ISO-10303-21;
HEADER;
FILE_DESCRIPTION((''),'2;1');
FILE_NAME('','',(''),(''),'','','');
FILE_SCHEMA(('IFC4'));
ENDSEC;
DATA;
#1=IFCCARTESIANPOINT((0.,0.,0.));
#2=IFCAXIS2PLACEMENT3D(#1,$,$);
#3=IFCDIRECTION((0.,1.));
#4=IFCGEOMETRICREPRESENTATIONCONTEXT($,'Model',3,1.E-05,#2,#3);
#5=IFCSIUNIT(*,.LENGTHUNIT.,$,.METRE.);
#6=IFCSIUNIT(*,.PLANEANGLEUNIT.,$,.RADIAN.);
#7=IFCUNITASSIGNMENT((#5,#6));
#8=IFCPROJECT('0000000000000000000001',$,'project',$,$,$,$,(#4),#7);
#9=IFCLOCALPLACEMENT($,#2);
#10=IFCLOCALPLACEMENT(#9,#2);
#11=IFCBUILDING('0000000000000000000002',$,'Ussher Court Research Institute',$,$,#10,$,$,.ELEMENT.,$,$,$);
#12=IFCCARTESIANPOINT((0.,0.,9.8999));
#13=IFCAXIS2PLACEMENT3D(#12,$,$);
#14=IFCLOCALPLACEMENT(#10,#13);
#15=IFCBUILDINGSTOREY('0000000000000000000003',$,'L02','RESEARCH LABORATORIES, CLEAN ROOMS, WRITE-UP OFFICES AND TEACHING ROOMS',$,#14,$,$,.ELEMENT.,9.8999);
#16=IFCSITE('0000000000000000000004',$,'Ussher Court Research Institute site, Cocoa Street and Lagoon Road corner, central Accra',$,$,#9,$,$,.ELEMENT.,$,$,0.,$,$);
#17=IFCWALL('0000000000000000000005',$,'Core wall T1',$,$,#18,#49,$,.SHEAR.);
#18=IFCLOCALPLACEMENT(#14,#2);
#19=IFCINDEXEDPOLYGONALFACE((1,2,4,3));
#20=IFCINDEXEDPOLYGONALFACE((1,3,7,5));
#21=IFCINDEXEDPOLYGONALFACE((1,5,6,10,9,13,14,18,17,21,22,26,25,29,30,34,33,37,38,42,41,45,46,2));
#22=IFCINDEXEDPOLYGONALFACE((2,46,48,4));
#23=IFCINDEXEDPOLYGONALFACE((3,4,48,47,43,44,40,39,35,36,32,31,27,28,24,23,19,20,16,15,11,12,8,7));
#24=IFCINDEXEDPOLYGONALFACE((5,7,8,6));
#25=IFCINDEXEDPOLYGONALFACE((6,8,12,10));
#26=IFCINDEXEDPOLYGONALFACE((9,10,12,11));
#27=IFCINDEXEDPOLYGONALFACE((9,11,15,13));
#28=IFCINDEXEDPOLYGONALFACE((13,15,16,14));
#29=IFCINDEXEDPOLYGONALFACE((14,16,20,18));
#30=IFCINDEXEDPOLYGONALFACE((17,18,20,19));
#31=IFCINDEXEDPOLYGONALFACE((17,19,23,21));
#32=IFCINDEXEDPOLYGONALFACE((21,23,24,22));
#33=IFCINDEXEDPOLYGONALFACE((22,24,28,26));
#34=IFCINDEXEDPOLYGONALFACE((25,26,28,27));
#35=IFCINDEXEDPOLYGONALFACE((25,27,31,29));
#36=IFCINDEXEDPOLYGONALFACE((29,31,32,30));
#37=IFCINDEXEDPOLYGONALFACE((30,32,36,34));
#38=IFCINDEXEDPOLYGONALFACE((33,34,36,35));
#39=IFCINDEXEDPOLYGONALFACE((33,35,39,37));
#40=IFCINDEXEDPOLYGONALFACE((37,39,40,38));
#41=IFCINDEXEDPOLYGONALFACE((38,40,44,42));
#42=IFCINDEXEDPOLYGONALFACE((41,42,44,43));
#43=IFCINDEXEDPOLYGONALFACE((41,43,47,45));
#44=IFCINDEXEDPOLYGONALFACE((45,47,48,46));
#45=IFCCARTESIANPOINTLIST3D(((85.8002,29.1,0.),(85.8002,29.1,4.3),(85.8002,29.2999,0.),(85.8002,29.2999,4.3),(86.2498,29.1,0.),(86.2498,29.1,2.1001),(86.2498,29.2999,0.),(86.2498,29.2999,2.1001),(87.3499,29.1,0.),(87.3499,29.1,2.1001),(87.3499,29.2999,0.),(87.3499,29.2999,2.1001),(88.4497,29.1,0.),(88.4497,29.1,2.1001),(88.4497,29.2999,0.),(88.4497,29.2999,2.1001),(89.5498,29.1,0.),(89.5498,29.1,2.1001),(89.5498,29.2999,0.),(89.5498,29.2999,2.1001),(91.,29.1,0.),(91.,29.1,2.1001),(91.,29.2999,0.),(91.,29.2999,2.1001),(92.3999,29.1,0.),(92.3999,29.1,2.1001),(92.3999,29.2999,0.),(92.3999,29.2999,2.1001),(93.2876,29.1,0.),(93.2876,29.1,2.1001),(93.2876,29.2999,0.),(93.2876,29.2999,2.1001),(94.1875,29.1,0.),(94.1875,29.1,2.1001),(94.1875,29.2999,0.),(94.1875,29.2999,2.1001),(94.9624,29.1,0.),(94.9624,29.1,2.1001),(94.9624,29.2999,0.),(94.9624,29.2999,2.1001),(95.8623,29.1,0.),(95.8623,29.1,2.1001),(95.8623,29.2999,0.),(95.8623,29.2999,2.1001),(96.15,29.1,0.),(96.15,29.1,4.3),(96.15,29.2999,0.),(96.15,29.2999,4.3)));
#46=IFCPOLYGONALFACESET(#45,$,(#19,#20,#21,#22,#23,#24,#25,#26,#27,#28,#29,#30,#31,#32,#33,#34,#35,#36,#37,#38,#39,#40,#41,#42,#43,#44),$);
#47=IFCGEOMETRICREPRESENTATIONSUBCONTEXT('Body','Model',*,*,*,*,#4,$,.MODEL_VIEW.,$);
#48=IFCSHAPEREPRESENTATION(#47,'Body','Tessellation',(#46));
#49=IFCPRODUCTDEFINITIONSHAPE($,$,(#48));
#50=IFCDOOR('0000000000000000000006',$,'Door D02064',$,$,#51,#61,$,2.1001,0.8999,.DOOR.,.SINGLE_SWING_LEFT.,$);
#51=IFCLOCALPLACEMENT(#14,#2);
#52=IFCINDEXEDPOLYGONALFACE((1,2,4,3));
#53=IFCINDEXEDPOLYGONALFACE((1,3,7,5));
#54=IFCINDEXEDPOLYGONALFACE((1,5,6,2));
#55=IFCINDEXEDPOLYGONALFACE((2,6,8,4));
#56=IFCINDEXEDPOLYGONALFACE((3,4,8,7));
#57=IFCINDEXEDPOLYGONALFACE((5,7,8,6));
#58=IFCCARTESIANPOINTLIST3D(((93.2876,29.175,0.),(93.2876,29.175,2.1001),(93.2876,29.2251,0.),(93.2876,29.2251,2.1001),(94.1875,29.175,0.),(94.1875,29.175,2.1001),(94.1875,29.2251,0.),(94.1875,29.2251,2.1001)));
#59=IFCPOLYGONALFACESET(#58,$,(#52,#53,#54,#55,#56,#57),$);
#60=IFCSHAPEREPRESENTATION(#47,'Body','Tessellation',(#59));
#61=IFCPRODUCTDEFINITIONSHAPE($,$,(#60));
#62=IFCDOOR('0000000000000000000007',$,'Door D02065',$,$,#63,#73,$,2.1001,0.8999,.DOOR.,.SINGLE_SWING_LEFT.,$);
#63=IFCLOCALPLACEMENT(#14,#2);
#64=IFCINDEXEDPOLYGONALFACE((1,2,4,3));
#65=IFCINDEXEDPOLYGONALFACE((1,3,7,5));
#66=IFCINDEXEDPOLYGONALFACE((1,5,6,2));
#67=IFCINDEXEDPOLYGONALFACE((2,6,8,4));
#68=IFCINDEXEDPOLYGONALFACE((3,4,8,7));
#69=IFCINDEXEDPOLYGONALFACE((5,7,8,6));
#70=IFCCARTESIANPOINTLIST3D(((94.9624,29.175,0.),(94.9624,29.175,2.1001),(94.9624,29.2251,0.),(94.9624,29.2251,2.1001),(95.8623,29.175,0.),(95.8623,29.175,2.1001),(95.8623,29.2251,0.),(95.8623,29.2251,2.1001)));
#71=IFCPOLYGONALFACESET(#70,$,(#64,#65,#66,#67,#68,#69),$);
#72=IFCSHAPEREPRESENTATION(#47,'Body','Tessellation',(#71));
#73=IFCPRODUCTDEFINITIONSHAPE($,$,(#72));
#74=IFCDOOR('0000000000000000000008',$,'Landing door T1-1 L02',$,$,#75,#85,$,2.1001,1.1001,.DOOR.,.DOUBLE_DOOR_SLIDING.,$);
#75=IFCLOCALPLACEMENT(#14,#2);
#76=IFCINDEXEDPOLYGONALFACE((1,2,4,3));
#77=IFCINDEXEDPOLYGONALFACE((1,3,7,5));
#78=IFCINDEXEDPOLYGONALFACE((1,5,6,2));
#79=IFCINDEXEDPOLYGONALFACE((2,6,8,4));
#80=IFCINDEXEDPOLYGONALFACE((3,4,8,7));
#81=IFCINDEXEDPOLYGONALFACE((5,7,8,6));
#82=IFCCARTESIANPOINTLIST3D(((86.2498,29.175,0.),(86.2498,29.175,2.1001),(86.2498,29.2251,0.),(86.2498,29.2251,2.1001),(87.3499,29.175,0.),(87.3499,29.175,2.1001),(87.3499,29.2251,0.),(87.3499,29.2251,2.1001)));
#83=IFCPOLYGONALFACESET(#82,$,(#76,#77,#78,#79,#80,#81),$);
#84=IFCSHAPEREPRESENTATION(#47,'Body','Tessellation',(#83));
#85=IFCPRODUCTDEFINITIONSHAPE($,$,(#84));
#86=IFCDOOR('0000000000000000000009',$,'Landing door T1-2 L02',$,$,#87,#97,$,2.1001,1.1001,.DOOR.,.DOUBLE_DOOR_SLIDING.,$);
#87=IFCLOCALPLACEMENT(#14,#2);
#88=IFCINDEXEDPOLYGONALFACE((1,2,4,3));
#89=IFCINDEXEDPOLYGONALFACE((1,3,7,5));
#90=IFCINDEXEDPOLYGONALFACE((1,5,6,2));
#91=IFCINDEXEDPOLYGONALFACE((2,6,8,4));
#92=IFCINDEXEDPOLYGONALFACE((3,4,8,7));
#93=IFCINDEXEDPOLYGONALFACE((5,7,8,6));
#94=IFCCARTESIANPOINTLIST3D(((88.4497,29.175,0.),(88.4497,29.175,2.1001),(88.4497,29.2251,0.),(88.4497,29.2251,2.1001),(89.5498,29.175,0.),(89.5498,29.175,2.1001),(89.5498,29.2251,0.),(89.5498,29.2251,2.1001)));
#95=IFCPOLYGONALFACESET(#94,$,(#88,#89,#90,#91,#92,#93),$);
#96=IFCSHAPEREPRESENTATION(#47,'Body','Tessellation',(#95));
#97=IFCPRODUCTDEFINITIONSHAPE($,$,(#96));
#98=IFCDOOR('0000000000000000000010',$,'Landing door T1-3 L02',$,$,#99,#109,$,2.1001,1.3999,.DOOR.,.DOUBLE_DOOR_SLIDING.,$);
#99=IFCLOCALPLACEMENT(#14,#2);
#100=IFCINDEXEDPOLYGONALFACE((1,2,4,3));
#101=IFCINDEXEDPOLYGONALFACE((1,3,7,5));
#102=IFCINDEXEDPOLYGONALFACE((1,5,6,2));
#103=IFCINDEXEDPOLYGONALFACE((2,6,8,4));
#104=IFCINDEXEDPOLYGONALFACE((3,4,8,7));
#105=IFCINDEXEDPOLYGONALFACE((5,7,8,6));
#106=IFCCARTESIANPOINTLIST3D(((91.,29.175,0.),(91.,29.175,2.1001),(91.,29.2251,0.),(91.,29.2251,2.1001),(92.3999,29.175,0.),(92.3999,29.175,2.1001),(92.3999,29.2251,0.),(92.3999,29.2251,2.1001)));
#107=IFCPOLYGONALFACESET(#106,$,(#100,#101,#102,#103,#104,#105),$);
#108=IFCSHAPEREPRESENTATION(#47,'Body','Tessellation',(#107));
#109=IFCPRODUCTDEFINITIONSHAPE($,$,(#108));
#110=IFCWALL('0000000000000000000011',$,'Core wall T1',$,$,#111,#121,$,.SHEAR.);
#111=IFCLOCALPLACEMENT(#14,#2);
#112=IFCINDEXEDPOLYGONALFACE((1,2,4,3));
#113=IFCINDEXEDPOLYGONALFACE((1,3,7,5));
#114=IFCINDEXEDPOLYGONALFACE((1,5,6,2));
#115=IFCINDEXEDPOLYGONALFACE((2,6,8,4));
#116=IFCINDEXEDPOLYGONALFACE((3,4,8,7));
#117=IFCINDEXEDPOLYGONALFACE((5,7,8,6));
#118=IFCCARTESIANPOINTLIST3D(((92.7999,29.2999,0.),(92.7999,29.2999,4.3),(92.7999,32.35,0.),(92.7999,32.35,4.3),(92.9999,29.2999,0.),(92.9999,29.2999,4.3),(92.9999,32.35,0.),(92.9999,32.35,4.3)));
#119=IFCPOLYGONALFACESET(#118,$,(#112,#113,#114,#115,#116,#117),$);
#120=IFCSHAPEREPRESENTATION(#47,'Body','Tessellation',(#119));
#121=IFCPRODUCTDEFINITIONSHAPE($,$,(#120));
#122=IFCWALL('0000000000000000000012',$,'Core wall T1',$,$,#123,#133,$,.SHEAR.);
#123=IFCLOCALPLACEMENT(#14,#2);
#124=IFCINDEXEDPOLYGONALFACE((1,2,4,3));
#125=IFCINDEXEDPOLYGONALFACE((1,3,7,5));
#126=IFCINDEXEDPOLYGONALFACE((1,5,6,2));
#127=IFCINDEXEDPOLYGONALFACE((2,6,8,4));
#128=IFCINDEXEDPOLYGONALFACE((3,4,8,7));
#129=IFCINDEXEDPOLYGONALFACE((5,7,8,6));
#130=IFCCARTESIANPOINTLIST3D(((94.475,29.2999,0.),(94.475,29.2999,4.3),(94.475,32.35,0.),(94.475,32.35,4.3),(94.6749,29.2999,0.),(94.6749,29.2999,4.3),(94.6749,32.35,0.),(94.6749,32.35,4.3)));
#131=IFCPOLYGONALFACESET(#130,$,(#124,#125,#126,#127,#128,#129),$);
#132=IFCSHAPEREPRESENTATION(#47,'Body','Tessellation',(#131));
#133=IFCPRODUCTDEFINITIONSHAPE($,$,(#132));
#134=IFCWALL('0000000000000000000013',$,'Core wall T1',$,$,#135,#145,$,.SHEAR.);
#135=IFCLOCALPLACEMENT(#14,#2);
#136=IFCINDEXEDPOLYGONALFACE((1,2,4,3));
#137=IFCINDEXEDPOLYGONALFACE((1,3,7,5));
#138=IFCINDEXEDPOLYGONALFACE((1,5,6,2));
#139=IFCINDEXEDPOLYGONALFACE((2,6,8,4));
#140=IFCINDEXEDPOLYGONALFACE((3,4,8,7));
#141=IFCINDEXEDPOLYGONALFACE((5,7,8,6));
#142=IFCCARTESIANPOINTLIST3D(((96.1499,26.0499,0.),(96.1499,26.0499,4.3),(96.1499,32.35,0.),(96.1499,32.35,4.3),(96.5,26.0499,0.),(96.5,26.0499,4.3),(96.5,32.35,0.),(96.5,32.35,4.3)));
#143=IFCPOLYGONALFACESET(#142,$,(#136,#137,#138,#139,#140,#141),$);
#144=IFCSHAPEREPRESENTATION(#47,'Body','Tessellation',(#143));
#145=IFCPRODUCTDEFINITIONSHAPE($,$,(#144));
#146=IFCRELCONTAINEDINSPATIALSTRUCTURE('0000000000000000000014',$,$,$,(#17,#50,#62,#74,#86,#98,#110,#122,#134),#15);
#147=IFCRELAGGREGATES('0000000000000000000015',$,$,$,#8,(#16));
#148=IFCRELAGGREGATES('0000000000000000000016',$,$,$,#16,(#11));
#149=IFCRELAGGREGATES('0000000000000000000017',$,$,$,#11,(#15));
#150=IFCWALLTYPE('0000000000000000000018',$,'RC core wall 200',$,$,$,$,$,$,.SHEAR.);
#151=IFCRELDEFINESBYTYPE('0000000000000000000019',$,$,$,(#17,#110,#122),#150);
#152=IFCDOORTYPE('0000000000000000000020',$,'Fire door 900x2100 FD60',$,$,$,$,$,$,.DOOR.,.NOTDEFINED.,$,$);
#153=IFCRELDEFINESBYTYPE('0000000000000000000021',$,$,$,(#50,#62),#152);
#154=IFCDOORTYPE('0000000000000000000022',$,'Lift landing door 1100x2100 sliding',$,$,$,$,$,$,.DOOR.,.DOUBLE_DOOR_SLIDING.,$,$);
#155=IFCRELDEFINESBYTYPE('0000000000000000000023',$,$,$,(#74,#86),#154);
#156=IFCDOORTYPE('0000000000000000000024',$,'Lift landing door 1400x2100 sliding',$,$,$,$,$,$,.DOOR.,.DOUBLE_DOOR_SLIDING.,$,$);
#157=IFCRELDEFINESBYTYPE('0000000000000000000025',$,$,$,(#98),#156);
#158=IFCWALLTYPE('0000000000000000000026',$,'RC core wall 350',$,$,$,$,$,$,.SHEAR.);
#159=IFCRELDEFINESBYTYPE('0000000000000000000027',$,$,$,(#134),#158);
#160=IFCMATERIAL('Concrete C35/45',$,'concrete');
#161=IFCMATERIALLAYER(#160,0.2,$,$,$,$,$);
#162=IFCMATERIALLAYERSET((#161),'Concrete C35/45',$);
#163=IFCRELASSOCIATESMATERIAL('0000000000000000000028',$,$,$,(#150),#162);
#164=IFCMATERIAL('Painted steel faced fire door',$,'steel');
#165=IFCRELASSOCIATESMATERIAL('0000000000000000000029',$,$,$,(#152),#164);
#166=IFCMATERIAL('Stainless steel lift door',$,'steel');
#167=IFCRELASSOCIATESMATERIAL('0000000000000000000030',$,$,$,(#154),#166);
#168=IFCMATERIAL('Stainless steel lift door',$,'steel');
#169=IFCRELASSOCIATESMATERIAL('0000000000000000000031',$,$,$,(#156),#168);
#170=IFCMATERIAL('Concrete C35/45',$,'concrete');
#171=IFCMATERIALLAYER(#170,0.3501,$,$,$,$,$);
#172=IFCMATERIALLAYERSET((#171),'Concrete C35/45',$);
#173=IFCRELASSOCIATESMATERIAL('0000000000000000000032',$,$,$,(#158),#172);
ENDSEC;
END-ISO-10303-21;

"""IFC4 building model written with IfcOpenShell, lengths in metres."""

from ifc_helpers import new_model, si_unit, direction, frame, frame_2d, origin, place, context, subcontext, project, spatial, rectangle, extrude, material, layer, layer_set, type_object, element, fill, save


model = new_model("IFC4")

# Units and contexts
model_context = context("Model", 3, precision=1e-05, world=origin(), true_north=direction((0.0, 1.0)))
body_context = subcontext(model_context, "Body", "Model", "MODEL_VIEW")
ifc_project = project(units=[si_unit("LENGTHUNIT", "METRE"), si_unit("PLANEANGLEUNIT", "RADIAN")], contexts=[model_context])

# Site, building, storey
site_placement = place(None, origin())
site = spatial("IfcSite", under=ifc_project, at=site_placement, Name="Ussher Court Research Institute site, Cocoa Street and Lagoon Road corner, central Accra", CompositionType="ELEMENT", RefElevation=0.0)
building_placement = place(site_placement, origin())
building = spatial("IfcBuilding", under=site, at=building_placement, Name="Ussher Court Research Institute", CompositionType="ELEMENT")
storey_placement = place(building_placement, frame((0.0, 0.0, 9.8999)))
storey = spatial("IfcBuildingStorey", under=building, at=storey_placement, Name="L02", Description="RESEARCH LABORATORIES, CLEAN ROOMS, WRITE-UP OFFICES AND TEACHING ROOMS", CompositionType="ELEMENT", Elevation=9.8999)

# Wall, openings, doors
ifc_material_1 = material(Name="Concrete C35/45", Category="concrete")
ifc_layer_1 = layer(ifc_material_1, 0.2)
ifc_layer_set_1 = layer_set([ifc_layer_1], Name="Concrete C35/45")
wall_type_1 = type_object("IfcWallType", Name="RC core wall 200", PredefinedType="SHEAR", material=ifc_layer_set_1)
wall_1_placement = place(storey_placement, frame((96.1499, 29.2, 0.0), z_axis=(0.0, 0.0, 1.0), x_axis=(-1.0, 0.0, 0.0)))
wall_1 = element("IfcWall", 1, at=wall_1_placement, inside=storey, type_object=wall_type_1, Name="Core wall T1", PredefinedType="SHEAR", context=body_context, shape_type="SweptSolid", body=[
    extrude(rectangle(XDim=10.3499, YDim=0.2, at=frame_2d((5.1748, 0.0))), origin(), (0.0, 0.0, 1.0), 4.3),
])
opening_1_placement = place(wall_1_placement, frame((8.8, 0.0, 0.0)))
opening_1 = element("IfcOpeningElement", 2, at=opening_1_placement, cuts=wall_1, PredefinedType="OPENING", context=body_context, shape_type="SweptSolid", body=[
    extrude(rectangle(XDim=1.1001, YDim=2.1001, at=frame_2d((0.55, 1.05))), frame((0.0, 0.1099, 0.0), z_axis=(0.0, -1.0, 0.0), x_axis=(1.0, 0.0, 0.0)), (0.0, 0.0, 1.0), 0.22),
])
opening_2_placement = place(wall_1_placement, frame((6.6001, 0.0, 0.0)))
opening_2 = element("IfcOpeningElement", 3, at=opening_2_placement, cuts=wall_1, PredefinedType="OPENING", context=body_context, shape_type="SweptSolid", body=[
    extrude(rectangle(XDim=1.1001, YDim=2.1001, at=frame_2d((0.55, 1.05))), frame((0.0, 0.1099, 0.0), z_axis=(0.0, -1.0, 0.0), x_axis=(1.0, 0.0, 0.0)), (0.0, 0.0, 1.0), 0.22),
])
opening_3_placement = place(wall_1_placement, frame((3.75, 0.0, 0.0)))
opening_3 = element("IfcOpeningElement", 4, at=opening_3_placement, cuts=wall_1, PredefinedType="OPENING", context=body_context, shape_type="SweptSolid", body=[
    extrude(rectangle(XDim=1.3999, YDim=2.1001, at=frame_2d((0.7, 1.05))), frame((0.0, 0.1099, 0.0), z_axis=(0.0, -1.0, 0.0), x_axis=(1.0, 0.0, 0.0)), (0.0, 0.0, 1.0), 0.22),
])
opening_4_placement = place(wall_1_placement, frame((1.9624, 0.0, 0.0)))
opening_4 = element("IfcOpeningElement", 5, at=opening_4_placement, cuts=wall_1, PredefinedType="OPENING", context=body_context, shape_type="SweptSolid", body=[
    extrude(rectangle(XDim=0.8999, YDim=2.1001, at=frame_2d((0.45, 1.05))), frame((0.0, 0.1099, 0.0), z_axis=(0.0, -1.0, 0.0), x_axis=(1.0, 0.0, 0.0)), (0.0, 0.0, 1.0), 0.22),
])
opening_5_placement = place(wall_1_placement, frame((0.2876, 0.0, 0.0)))
opening_5 = element("IfcOpeningElement", 6, at=opening_5_placement, cuts=wall_1, PredefinedType="OPENING", context=body_context, shape_type="SweptSolid", body=[
    extrude(rectangle(XDim=0.8999, YDim=2.1001, at=frame_2d((0.45, 1.05))), frame((0.0, 0.1099, 0.0), z_axis=(0.0, -1.0, 0.0), x_axis=(1.0, 0.0, 0.0)), (0.0, 0.0, 1.0), 0.22),
])
ifc_material_2 = material(Name="Painted steel faced fire door", Category="steel")
door_type_1 = type_object("IfcDoorType", Name="Fire door 900x2100 FD60", OperationType="NOTDEFINED", PredefinedType="DOOR", material=ifc_material_2)
door_1_placement = place(opening_4_placement, origin())
door_1 = element("IfcDoor", 7, at=door_1_placement, inside=storey, type_object=door_type_1, Name="Door D02064", OperationType="SINGLE_SWING_LEFT", OverallHeight=2.1001, OverallWidth=0.8999, PredefinedType="DOOR", context=body_context, shape_type="SweptSolid", body=[
    extrude(rectangle(XDim=0.8999, YDim=2.1001, at=frame_2d((0.45, 1.05))), frame((0.0, 0.0249, 0.0), z_axis=(0.0, -1.0, 0.0), x_axis=(1.0, 0.0, 0.0)), (0.0, 0.0, 1.0), 0.05),
])
fill(opening_4, door_1)
door_2_placement = place(opening_5_placement, origin())
door_2 = element("IfcDoor", 8, at=door_2_placement, inside=storey, type_object=door_type_1, Name="Door D02065", OperationType="SINGLE_SWING_LEFT", OverallHeight=2.1001, OverallWidth=0.8999, PredefinedType="DOOR", context=body_context, shape_type="SweptSolid", body=[
    extrude(rectangle(XDim=0.8999, YDim=2.1001, at=frame_2d((0.45, 1.05))), frame((0.0, 0.0249, 0.0), z_axis=(0.0, -1.0, 0.0), x_axis=(1.0, 0.0, 0.0)), (0.0, 0.0, 1.0), 0.05),
])
fill(opening_5, door_2)
ifc_material_3 = material(Name="Stainless steel lift door", Category="steel")
door_type_2 = type_object("IfcDoorType", Name="Lift landing door 1100x2100 sliding", OperationType="DOUBLE_DOOR_SLIDING", PredefinedType="DOOR", material=ifc_material_3)
door_3_placement = place(opening_1_placement, origin())
door_3 = element("IfcDoor", 9, at=door_3_placement, inside=storey, type_object=door_type_2, Name="Landing door T1-1 L02", OperationType="DOUBLE_DOOR_SLIDING", OverallHeight=2.1001, OverallWidth=1.1001, PredefinedType="DOOR", context=body_context, shape_type="SweptSolid", body=[
    extrude(rectangle(XDim=1.1001, YDim=2.1001, at=frame_2d((0.55, 1.05))), frame((0.0, 0.0249, 0.0), z_axis=(0.0, -1.0, 0.0), x_axis=(1.0, 0.0, 0.0)), (0.0, 0.0, 1.0), 0.05),
])
fill(opening_1, door_3)
door_4_placement = place(opening_2_placement, origin())
door_4 = element("IfcDoor", 10, at=door_4_placement, inside=storey, type_object=door_type_2, Name="Landing door T1-2 L02", OperationType="DOUBLE_DOOR_SLIDING", OverallHeight=2.1001, OverallWidth=1.1001, PredefinedType="DOOR", context=body_context, shape_type="SweptSolid", body=[
    extrude(rectangle(XDim=1.1001, YDim=2.1001, at=frame_2d((0.55, 1.05))), frame((0.0, 0.0249, 0.0), z_axis=(0.0, -1.0, 0.0), x_axis=(1.0, 0.0, 0.0)), (0.0, 0.0, 1.0), 0.05),
])
fill(opening_2, door_4)
ifc_material_4 = material(Name="Stainless steel lift door", Category="steel")
door_type_3 = type_object("IfcDoorType", Name="Lift landing door 1400x2100 sliding", OperationType="DOUBLE_DOOR_SLIDING", PredefinedType="DOOR", material=ifc_material_4)
door_5_placement = place(opening_3_placement, origin())
door_5 = element("IfcDoor", 11, at=door_5_placement, inside=storey, type_object=door_type_3, Name="Landing door T1-3 L02", OperationType="DOUBLE_DOOR_SLIDING", OverallHeight=2.1001, OverallWidth=1.3999, PredefinedType="DOOR", context=body_context, shape_type="SweptSolid", body=[
    extrude(rectangle(XDim=1.3999, YDim=2.1001, at=frame_2d((0.7, 1.05))), frame((0.0, 0.0249, 0.0), z_axis=(0.0, -1.0, 0.0), x_axis=(1.0, 0.0, 0.0)), (0.0, 0.0, 1.0), 0.05),
])
fill(opening_3, door_5)

# Walls
for number, where, z_axis, x_axis, name in (
    (12, (92.8999, 29.3, 0.0), (0.0, 0.0, 1.0), (0.0, 1.0, 0.0), "Core wall T1"),
    (13, (94.575, 29.3, 0.0), (0.0, 0.0, 1.0), (0.0, 1.0, 0.0), "Core wall T1"),
):
    element("IfcWall", number, at=place(storey_placement, frame(where, z_axis=z_axis, x_axis=x_axis)), inside=storey, type_object=wall_type_1, Name=name, PredefinedType="SHEAR", context=body_context, shape_type="SweptSolid", body=[
        extrude(rectangle(XDim=3.05, YDim=0.2, at=frame_2d((1.5249, 0.0))), origin(), (0.0, 0.0, 1.0), 4.3),
    ])
ifc_material_5 = material(Name="Concrete C35/45", Category="concrete")
ifc_layer_2 = layer(ifc_material_5, 0.3501)
ifc_layer_set_2 = layer_set([ifc_layer_2], Name="Concrete C35/45")
wall_type_2 = type_object("IfcWallType", Name="RC core wall 350", PredefinedType="SHEAR", material=ifc_layer_set_2)
wall_2_placement = place(storey_placement, frame((96.325, 26.05, 0.0), z_axis=(0.0, 0.0, 1.0), x_axis=(0.0, 1.0, 0.0)))
element("IfcWall", 14, at=wall_2_placement, inside=storey, type_object=wall_type_2, Name="Core wall T1", PredefinedType="SHEAR", context=body_context, shape_type="SweptSolid", body=[
    extrude(rectangle(XDim=6.3, YDim=0.3501, at=frame_2d((3.1499, 0.0))), origin(), (0.0, 0.0, 1.0), 4.3),
])

save(model, "model.ifc")
